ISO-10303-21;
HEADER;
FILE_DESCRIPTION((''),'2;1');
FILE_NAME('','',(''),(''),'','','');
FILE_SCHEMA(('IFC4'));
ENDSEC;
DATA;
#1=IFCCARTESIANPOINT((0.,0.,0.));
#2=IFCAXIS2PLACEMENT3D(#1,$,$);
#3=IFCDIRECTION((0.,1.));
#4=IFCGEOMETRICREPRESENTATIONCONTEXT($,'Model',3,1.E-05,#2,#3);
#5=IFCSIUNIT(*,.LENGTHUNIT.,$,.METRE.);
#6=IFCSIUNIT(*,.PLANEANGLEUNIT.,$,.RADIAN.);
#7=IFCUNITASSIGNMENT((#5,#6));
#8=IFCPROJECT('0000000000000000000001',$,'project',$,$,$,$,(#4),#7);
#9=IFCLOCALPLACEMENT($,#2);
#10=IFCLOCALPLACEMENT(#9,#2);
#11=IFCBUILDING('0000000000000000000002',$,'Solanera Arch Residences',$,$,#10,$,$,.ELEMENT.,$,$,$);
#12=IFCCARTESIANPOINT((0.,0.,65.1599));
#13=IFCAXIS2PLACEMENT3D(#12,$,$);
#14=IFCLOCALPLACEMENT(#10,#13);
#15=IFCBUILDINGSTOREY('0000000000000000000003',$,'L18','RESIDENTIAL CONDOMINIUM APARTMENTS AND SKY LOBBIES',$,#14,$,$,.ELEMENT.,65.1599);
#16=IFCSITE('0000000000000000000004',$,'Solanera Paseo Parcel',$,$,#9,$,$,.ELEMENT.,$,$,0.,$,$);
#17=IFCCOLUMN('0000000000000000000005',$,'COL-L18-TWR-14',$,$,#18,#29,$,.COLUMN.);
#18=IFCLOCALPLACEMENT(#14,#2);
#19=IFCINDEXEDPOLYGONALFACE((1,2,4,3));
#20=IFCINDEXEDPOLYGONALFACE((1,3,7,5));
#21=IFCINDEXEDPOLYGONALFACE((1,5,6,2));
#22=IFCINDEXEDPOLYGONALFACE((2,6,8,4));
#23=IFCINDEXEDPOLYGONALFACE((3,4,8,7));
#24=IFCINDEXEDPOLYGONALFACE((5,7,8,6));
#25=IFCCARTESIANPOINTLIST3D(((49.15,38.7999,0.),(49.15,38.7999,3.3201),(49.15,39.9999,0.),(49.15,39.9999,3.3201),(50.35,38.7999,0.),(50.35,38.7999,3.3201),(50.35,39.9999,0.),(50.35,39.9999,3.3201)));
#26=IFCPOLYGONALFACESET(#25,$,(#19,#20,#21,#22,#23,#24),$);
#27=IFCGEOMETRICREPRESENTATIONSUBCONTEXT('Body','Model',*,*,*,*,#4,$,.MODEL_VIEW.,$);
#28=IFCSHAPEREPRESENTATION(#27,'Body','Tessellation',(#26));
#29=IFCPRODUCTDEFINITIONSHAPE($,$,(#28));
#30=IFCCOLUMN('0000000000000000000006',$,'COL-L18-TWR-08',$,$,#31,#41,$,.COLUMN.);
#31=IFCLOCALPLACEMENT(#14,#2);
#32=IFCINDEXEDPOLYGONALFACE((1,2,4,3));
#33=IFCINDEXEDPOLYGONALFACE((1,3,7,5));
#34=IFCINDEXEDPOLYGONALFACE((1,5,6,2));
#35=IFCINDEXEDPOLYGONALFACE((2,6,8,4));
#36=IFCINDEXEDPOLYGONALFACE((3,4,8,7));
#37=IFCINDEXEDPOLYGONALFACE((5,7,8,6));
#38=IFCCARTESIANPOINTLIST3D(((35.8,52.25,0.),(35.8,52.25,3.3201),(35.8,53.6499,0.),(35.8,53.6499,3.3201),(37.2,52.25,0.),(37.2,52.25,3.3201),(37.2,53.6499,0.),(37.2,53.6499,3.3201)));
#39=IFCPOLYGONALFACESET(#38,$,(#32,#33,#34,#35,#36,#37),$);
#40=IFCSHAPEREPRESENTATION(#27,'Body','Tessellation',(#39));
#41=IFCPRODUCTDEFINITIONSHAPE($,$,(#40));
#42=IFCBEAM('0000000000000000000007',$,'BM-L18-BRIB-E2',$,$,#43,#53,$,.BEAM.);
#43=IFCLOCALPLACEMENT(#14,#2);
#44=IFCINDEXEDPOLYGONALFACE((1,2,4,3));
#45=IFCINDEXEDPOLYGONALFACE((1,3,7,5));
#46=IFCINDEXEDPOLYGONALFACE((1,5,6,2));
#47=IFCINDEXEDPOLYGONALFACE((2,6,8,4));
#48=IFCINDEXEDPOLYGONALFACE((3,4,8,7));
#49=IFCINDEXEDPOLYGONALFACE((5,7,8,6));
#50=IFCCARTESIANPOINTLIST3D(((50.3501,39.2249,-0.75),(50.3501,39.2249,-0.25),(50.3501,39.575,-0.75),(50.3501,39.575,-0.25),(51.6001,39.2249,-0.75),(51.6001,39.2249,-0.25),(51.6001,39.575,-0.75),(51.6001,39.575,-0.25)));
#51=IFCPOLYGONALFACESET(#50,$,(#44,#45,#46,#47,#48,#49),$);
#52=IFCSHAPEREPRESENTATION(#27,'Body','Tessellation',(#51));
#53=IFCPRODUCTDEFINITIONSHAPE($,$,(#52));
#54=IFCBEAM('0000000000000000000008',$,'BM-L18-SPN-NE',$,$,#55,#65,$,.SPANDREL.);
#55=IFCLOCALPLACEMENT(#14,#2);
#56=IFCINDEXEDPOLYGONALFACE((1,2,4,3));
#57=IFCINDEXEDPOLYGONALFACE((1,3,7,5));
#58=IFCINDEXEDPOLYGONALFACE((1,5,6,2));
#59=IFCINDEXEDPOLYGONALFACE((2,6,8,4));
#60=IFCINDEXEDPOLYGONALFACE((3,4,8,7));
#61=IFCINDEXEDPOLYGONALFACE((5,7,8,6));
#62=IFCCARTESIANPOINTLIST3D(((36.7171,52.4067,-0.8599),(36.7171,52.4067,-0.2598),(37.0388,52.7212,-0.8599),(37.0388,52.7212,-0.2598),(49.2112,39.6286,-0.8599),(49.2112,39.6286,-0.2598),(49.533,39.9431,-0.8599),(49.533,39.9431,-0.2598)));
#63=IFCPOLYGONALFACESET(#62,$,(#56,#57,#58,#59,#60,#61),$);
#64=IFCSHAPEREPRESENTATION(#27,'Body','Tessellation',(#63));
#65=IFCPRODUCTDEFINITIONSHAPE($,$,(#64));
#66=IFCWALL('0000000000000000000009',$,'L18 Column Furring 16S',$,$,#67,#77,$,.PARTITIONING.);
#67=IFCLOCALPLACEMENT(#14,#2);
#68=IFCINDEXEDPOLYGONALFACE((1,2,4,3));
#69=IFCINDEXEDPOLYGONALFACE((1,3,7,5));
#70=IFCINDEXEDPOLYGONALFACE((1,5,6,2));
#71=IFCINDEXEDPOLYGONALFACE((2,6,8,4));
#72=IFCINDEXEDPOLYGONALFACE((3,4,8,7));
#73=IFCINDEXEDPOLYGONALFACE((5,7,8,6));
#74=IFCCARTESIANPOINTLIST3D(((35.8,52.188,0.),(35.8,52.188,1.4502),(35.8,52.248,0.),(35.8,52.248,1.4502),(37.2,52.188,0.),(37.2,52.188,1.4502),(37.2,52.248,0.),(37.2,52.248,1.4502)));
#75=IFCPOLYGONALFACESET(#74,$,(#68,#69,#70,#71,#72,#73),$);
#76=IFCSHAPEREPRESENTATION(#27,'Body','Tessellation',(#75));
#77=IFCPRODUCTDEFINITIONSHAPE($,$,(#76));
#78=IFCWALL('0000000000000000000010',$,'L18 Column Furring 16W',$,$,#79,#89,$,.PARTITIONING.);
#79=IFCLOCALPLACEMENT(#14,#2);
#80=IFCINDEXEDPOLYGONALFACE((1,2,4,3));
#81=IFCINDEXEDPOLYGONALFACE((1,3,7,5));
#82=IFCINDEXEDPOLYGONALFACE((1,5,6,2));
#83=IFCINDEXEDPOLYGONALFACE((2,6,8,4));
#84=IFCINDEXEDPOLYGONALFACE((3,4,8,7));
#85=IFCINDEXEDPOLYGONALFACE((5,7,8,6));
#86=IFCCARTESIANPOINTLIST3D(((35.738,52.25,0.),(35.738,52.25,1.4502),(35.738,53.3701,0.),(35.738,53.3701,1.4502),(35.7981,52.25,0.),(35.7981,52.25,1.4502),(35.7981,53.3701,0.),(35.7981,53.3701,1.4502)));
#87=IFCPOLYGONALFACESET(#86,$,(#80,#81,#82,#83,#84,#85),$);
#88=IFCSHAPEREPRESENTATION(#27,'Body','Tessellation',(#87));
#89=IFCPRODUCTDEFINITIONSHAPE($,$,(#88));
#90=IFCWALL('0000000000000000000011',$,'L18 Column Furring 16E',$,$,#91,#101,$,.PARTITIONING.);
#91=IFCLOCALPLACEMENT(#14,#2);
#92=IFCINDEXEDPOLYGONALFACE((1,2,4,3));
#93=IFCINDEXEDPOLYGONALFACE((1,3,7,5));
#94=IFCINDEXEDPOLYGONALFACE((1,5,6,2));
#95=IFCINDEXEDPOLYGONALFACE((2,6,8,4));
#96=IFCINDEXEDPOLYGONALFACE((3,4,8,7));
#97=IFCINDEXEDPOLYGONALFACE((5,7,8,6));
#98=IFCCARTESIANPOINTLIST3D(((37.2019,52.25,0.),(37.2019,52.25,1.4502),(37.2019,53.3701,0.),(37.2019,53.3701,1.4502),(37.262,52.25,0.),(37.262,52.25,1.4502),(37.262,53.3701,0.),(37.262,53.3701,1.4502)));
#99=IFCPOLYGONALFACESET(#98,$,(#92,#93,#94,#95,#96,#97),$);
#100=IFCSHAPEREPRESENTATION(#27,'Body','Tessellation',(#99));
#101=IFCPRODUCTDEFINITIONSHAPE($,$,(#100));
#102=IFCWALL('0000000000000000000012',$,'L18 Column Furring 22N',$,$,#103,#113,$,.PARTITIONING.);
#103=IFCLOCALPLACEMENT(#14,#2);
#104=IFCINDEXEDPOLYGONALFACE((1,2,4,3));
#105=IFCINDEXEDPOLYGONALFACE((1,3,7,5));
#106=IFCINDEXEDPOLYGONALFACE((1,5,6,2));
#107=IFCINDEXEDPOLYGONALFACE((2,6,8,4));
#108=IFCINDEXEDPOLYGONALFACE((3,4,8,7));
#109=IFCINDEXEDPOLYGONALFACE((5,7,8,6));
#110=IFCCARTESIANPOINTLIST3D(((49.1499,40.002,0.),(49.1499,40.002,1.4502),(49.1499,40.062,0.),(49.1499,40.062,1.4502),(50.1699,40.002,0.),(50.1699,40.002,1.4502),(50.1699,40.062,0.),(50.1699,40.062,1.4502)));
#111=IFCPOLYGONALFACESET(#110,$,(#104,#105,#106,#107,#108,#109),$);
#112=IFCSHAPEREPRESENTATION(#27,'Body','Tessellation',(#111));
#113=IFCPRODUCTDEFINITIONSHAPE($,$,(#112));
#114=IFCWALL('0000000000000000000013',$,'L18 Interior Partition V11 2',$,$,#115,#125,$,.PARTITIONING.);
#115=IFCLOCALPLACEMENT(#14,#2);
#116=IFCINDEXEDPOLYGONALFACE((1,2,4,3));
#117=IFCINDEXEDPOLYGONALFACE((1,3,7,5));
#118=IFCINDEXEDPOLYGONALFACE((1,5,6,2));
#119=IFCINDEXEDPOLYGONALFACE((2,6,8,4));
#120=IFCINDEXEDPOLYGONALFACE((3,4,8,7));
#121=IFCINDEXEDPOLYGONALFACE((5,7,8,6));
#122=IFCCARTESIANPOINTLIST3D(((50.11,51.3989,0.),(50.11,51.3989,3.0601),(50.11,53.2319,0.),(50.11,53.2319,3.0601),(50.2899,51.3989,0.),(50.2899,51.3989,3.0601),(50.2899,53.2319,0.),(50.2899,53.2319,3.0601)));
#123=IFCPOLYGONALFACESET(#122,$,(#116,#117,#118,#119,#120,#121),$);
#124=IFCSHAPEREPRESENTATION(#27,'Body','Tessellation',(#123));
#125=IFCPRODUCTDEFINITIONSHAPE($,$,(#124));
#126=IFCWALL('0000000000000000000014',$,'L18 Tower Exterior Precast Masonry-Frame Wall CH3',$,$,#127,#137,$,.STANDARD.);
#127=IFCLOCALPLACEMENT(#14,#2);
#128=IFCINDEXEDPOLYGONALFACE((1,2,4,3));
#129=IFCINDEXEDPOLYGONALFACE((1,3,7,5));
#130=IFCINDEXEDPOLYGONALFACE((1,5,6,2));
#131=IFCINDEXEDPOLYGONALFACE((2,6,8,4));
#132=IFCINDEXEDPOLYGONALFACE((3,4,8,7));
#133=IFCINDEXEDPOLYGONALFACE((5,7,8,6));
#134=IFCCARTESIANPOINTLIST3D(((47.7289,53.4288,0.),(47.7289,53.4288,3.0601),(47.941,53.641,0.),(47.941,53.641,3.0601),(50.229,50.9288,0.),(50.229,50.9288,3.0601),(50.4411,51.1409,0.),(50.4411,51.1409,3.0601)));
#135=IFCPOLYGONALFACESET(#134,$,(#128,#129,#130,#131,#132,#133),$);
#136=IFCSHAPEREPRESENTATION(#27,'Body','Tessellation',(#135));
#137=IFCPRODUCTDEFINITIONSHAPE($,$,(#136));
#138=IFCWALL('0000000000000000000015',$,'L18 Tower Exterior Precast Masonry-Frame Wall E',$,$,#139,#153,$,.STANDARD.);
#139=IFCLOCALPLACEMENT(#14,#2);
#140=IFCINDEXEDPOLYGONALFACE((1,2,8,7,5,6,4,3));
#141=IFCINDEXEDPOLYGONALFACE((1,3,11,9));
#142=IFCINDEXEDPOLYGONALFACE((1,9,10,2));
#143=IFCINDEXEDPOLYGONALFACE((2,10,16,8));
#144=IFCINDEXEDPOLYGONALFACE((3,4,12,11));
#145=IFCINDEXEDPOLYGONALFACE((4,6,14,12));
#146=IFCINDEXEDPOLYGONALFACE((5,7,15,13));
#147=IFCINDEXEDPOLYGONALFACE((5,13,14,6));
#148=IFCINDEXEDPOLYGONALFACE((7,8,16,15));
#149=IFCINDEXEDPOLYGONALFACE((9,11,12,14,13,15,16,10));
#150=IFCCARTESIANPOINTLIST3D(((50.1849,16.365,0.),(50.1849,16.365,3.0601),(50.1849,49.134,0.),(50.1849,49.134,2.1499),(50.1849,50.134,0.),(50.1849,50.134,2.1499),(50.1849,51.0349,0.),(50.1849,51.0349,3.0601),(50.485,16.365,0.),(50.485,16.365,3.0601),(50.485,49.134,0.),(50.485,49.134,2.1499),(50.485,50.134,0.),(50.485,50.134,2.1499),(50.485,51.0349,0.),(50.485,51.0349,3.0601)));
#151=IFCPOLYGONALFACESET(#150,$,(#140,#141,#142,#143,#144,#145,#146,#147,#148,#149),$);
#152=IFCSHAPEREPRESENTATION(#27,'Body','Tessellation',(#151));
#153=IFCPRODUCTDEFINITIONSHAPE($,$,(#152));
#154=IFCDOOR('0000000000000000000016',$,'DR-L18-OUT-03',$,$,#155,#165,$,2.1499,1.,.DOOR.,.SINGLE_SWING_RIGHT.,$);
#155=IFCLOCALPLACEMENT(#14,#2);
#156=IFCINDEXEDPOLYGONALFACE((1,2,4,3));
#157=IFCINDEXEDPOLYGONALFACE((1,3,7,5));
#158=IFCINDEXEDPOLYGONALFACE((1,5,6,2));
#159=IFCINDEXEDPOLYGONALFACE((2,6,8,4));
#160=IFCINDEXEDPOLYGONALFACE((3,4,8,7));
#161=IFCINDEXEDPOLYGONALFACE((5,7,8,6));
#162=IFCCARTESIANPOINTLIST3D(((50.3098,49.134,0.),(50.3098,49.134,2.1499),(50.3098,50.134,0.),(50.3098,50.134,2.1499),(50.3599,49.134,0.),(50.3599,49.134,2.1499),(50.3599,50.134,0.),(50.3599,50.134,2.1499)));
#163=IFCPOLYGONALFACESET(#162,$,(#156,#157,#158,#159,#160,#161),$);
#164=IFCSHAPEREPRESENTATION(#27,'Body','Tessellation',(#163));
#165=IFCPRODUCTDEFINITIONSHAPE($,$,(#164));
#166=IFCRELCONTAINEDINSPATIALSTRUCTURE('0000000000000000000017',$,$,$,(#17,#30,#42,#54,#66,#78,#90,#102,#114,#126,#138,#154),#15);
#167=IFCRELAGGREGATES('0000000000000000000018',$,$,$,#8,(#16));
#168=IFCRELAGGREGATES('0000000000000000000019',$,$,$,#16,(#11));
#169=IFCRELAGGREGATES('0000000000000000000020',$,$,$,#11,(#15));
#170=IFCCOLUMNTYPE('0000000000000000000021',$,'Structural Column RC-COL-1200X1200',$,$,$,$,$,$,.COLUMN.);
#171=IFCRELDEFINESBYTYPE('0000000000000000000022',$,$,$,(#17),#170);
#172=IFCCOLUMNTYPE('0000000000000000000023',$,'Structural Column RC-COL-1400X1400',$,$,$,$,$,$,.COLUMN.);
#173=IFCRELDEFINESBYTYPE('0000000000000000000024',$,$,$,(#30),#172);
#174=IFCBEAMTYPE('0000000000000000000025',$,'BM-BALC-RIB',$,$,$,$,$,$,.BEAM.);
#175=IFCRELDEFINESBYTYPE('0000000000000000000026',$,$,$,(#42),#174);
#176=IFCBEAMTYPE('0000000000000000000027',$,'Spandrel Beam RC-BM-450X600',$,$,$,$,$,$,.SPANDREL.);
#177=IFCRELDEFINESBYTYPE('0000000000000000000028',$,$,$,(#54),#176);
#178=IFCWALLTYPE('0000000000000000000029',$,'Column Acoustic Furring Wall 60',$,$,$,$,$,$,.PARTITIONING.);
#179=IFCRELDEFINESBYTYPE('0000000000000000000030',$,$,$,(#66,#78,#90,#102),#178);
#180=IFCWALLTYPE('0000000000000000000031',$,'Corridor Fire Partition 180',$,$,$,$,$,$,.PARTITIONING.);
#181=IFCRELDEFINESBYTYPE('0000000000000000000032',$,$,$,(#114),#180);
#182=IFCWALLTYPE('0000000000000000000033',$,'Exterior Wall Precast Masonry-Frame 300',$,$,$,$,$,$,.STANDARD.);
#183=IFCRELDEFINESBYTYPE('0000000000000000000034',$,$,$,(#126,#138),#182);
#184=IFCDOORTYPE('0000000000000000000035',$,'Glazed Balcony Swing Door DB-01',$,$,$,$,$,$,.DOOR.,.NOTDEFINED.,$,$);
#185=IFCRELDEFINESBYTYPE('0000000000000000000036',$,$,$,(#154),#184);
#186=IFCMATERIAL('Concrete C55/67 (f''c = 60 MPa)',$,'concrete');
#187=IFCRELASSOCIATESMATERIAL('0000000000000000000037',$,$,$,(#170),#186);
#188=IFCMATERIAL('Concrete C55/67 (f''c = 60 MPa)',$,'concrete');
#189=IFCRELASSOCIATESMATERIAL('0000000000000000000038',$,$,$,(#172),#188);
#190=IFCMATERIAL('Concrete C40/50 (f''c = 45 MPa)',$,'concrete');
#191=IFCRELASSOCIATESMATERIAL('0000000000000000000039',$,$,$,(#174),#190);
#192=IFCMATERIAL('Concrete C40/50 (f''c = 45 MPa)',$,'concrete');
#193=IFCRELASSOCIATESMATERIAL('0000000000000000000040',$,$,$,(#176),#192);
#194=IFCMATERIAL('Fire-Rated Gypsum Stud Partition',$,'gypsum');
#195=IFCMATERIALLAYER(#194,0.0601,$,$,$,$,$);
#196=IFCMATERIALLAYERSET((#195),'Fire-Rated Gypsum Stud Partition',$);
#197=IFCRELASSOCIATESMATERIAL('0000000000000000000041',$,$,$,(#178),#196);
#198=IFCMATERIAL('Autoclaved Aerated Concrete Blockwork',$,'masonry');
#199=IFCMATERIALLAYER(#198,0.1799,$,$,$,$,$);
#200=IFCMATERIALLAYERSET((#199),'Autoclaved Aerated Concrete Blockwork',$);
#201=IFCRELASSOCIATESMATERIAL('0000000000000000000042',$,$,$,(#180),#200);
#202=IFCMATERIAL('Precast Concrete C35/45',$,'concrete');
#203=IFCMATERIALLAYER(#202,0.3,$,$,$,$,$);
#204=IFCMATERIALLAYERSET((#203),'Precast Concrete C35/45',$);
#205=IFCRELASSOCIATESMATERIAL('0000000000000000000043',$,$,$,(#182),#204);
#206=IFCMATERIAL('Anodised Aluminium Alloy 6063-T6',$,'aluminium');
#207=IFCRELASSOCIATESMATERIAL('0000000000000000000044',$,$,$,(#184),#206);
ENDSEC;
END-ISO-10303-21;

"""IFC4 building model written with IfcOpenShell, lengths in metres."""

from ifc_helpers import new_model, si_unit, direction, frame, frame_2d, origin, origin_2d, place, context, subcontext, project, spatial, rectangle, extrude, material, layer, layer_set, material_profile, profile_set, type_object, element, fill, save


model = new_model("IFC4")

# Units and contexts
model_context = context("Model", 3, precision=1e-05, world=origin(), true_north=direction((0.0, 1.0)))
body_context = subcontext(model_context, "Body", "Model", "MODEL_VIEW")
ifc_project = project(units=[si_unit("LENGTHUNIT", "METRE"), si_unit("PLANEANGLEUNIT", "RADIAN")], contexts=[model_context])

# Site, building, storey
site_placement = place(None, origin())
site = spatial("IfcSite", under=ifc_project, at=site_placement, Name="Solanera Paseo Parcel", CompositionType="ELEMENT", RefElevation=0.0)
building_placement = place(site_placement, origin())
building = spatial("IfcBuilding", under=site, at=building_placement, Name="Solanera Arch Residences", CompositionType="ELEMENT")
storey_placement = place(building_placement, frame((0.0, 0.0, 65.1599)))
storey = spatial("IfcBuildingStorey", under=building, at=storey_placement, Name="L18", Description="RESIDENTIAL CONDOMINIUM APARTMENTS AND SKY LOBBIES", CompositionType="ELEMENT", Elevation=65.1599)

# Columns
ifc_material_1 = material(Name="Concrete C55/67 (f'c = 60 MPa)", Category="concrete")
ifc_material_profile_1 = material_profile(ifc_material_1, rectangle(XDim=1.2, YDim=1.2, at=origin_2d()))
ifc_profile_set_1 = profile_set([ifc_material_profile_1], Name="Concrete C55/67 (f'c = 60 MPa)")
column_type_1 = type_object("IfcColumnType", Name="Structural Column RC-COL-1200X1200", PredefinedType="COLUMN", material=ifc_profile_set_1)
column_1_placement = place(storey_placement, frame((49.75, 39.3999, 0.0), z_axis=(0.0, 0.0, 1.0), x_axis=(1.0, 0.0, 0.0)))
element("IfcColumn", 1, at=column_1_placement, inside=storey, type_object=column_type_1, Name="COL-L18-TWR-14", PredefinedType="COLUMN", context=body_context, shape_type="SweptSolid", body=[
    extrude(rectangle(XDim=1.2, YDim=1.2, at=origin_2d()), origin(), (0.0, 0.0, 1.0), 3.3201),
])
ifc_material_2 = material(Name="Concrete C55/67 (f'c = 60 MPa)", Category="concrete")
ifc_material_profile_2 = material_profile(ifc_material_2, rectangle(XDim=1.3999, YDim=1.3999, at=origin_2d()))
ifc_profile_set_2 = profile_set([ifc_material_profile_2], Name="Concrete C55/67 (f'c = 60 MPa)")
column_type_2 = type_object("IfcColumnType", Name="Structural Column RC-COL-1400X1400", PredefinedType="COLUMN", material=ifc_profile_set_2)
column_2_placement = place(storey_placement, frame((36.5, 52.95, 0.0), z_axis=(0.0, 0.0, 1.0), x_axis=(1.0, 0.0, 0.0)))
element("IfcColumn", 2, at=column_2_placement, inside=storey, type_object=column_type_2, Name="COL-L18-TWR-08", PredefinedType="COLUMN", context=body_context, shape_type="SweptSolid", body=[
    extrude(rectangle(XDim=1.3999, YDim=1.3999, at=origin_2d()), origin(), (0.0, 0.0, 1.0), 3.3201),
])

# Beams
ifc_material_3 = material(Name="Concrete C40/50 (f'c = 45 MPa)", Category="concrete")
ifc_material_profile_3 = material_profile(ifc_material_3, rectangle(XDim=0.3501, YDim=0.5, at=origin_2d()))
ifc_profile_set_3 = profile_set([ifc_material_profile_3], Name="Concrete C40/50 (f'c = 45 MPa)")
beam_type_1 = type_object("IfcBeamType", Name="BM-BALC-RIB", PredefinedType="BEAM", material=ifc_profile_set_3)
beam_1_placement = place(storey_placement, frame((50.3501, 39.3999, -0.5), z_axis=(1.0, 0.0, 0.0), x_axis=(0.0, 1.0, 0.0)))
element("IfcBeam", 3, at=beam_1_placement, inside=storey, type_object=beam_type_1, Name="BM-L18-BRIB-E2", PredefinedType="BEAM", context=body_context, shape_type="SweptSolid", body=[
    extrude(rectangle(XDim=0.3501, YDim=0.5, at=origin_2d()), origin(), (0.0, 0.0, 1.0), 1.25),
])
ifc_material_4 = material(Name="Concrete C40/50 (f'c = 45 MPa)", Category="concrete")
ifc_material_profile_4 = material_profile(ifc_material_4, rectangle(XDim=0.45, YDim=0.6001, at=origin_2d()))
ifc_profile_set_4 = profile_set([ifc_material_profile_4], Name="Concrete C40/50 (f'c = 45 MPa)")
beam_type_2 = type_object("IfcBeamType", Name="Spandrel Beam RC-BM-450X600", PredefinedType="SPANDREL", material=ifc_profile_set_4)
beam_2_placement = place(storey_placement, frame((36.8779, 52.564, -0.5598), z_axis=(0.699118, -0.715006, 0.0), x_axis=(0.715006, 0.699118, 0.0)))
element("IfcBeam", 4, at=beam_2_placement, inside=storey, type_object=beam_type_2, Name="BM-L18-SPN-NE", PredefinedType="SPANDREL", context=body_context, shape_type="SweptSolid", body=[
    extrude(rectangle(XDim=0.45, YDim=0.6001, at=origin_2d()), origin(), (0.0, 0.0, 1.0), 17.8713),
])

# Walls
ifc_material_5 = material(Name="Fire-Rated Gypsum Stud Partition", Category="gypsum")
ifc_layer_1 = layer(ifc_material_5, 0.0601)
ifc_layer_set_1 = layer_set([ifc_layer_1], Name="Fire-Rated Gypsum Stud Partition")
wall_type_1 = type_object("IfcWallType", Name="Column Acoustic Furring Wall 60", PredefinedType="PARTITIONING", material=ifc_layer_set_1)
wall_1_placement = place(storey_placement, frame((35.8, 52.218, 0.0), z_axis=(0.0, 0.0, 1.0), x_axis=(1.0, 0.0, 0.0)))
element("IfcWall", 5, at=wall_1_placement, inside=storey, type_object=wall_type_1, Name="L18 Column Furring 16S", PredefinedType="PARTITIONING", context=body_context, shape_type="SweptSolid", body=[
    extrude(rectangle(XDim=1.3999, YDim=0.0601, at=frame_2d((0.7, 0.0))), origin(), (0.0, 0.0, 1.0), 1.4502),
])
for number, where, z_axis, x_axis, name in (
    (6, (35.7681, 52.25, 0.0), (0.0, 0.0, 1.0), (0.0, 1.0, 0.0), "L18 Column Furring 16W"),
    (7, (37.2319, 52.25, 0.0), (0.0, 0.0, 1.0), (0.0, 1.0, 0.0), "L18 Column Furring 16E"),
):
    element("IfcWall", number, at=place(storey_placement, frame(where, z_axis=z_axis, x_axis=x_axis)), inside=storey, type_object=wall_type_1, Name=name, PredefinedType="PARTITIONING", context=body_context, shape_type="SweptSolid", body=[
        extrude(rectangle(XDim=1.1201, YDim=0.0601, at=frame_2d((0.5601, 0.0))), origin(), (0.0, 0.0, 1.0), 1.4502),
    ])
wall_2_placement = place(storey_placement, frame((49.1499, 40.032, 0.0), z_axis=(0.0, 0.0, 1.0), x_axis=(1.0, 0.0, 0.0)))
element("IfcWall", 8, at=wall_2_placement, inside=storey, type_object=wall_type_1, Name="L18 Column Furring 22N", PredefinedType="PARTITIONING", context=body_context, shape_type="SweptSolid", body=[
    extrude(rectangle(XDim=1.02, YDim=0.0601, at=frame_2d((0.51, 0.0))), origin(), (0.0, 0.0, 1.0), 1.4502),
])
ifc_material_6 = material(Name="Autoclaved Aerated Concrete Blockwork", Category="masonry")
ifc_layer_2 = layer(ifc_material_6, 0.1799)
ifc_layer_set_2 = layer_set([ifc_layer_2], Name="Autoclaved Aerated Concrete Blockwork")
wall_type_2 = type_object("IfcWallType", Name="Corridor Fire Partition 180", PredefinedType="PARTITIONING", material=ifc_layer_set_2)
wall_3_placement = place(storey_placement, frame((50.2, 51.3989, 0.0), z_axis=(0.0, 0.0, 1.0), x_axis=(0.0, 1.0, 0.0)))
element("IfcWall", 9, at=wall_3_placement, inside=storey, type_object=wall_type_2, Name="L18 Interior Partition V11 2", PredefinedType="PARTITIONING", context=body_context, shape_type="SweptSolid", body=[
    extrude(rectangle(XDim=1.833, YDim=0.1799, at=frame_2d((0.9165, 0.0))), origin(), (0.0, 0.0, 1.0), 3.0601),
])
ifc_material_7 = material(Name="Precast Concrete C35/45", Category="concrete")
ifc_layer_3 = layer(ifc_material_7, 0.3)
ifc_layer_set_3 = layer_set([ifc_layer_3], Name="Precast Concrete C35/45")
wall_type_3 = type_object("IfcWallType", Name="Exterior Wall Precast Masonry-Frame 300", PredefinedType="STANDARD", material=ifc_layer_set_3)
wall_4_placement = place(storey_placement, frame((47.835, 53.5349, 0.0), z_axis=(0.0, 0.0, 1.0), x_axis=(0.707107, -0.707107, 0.0)))
element("IfcWall", 10, at=wall_4_placement, inside=storey, type_object=wall_type_3, Name="L18 Tower Exterior Precast Masonry-Frame Wall CH3", PredefinedType="STANDARD", context=body_context, shape_type="SweptSolid", body=[
    extrude(rectangle(XDim=3.5356, YDim=0.3, at=frame_2d((1.7678, 0.0))), origin(), (0.0, 0.0, 1.0), 3.0601),
])

# Wall, opening, door
wall_5_placement = place(storey_placement, frame((50.335, 51.0349, 0.0), z_axis=(0.0, 0.0, 1.0), x_axis=(0.0, -1.0, 0.0)))
wall_5 = element("IfcWall", 11, at=wall_5_placement, inside=storey, type_object=wall_type_3, Name="L18 Tower Exterior Precast Masonry-Frame Wall E", PredefinedType="STANDARD", context=body_context, shape_type="SweptSolid", body=[
    extrude(rectangle(XDim=34.6699, YDim=0.3, at=frame_2d((17.335, 0.0))), origin(), (0.0, 0.0, 1.0), 3.0601),
])
opening_1_placement = place(wall_5_placement, frame((0.9009, 0.0, 0.0)))
opening_1 = element("IfcOpeningElement", 12, at=opening_1_placement, cuts=wall_5, PredefinedType="OPENING", context=body_context, shape_type="SweptSolid", body=[
    extrude(rectangle(XDim=1.0, YDim=2.1499, at=frame_2d((0.5, 1.075))), frame((0.0, 0.1599, 0.0), z_axis=(0.0, -1.0, 0.0), x_axis=(1.0, 0.0, 0.0)), (0.0, 0.0, 1.0), 0.32),
])
ifc_material_8 = material(Name="Anodised Aluminium Alloy 6063-T6", Category="aluminium")
door_type_1 = type_object("IfcDoorType", Name="Glazed Balcony Swing Door DB-01", OperationType="NOTDEFINED", PredefinedType="DOOR", material=ifc_material_8)
door_1_placement = place(opening_1_placement, origin())
door_1 = element("IfcDoor", 13, at=door_1_placement, inside=storey, type_object=door_type_1, Name="DR-L18-OUT-03", OperationType="SINGLE_SWING_RIGHT", OverallHeight=2.1499, OverallWidth=1.0, PredefinedType="DOOR", context=body_context, shape_type="SweptSolid", body=[
    extrude(rectangle(XDim=1.0, YDim=2.1499, at=frame_2d((0.5, 1.075))), frame((0.0, 0.0249, 0.0), z_axis=(0.0, -1.0, 0.0), x_axis=(1.0, 0.0, 0.0)), (0.0, 0.0, 1.0), 0.05),
])
fill(opening_1, door_1)

save(model, "model.ifc")
